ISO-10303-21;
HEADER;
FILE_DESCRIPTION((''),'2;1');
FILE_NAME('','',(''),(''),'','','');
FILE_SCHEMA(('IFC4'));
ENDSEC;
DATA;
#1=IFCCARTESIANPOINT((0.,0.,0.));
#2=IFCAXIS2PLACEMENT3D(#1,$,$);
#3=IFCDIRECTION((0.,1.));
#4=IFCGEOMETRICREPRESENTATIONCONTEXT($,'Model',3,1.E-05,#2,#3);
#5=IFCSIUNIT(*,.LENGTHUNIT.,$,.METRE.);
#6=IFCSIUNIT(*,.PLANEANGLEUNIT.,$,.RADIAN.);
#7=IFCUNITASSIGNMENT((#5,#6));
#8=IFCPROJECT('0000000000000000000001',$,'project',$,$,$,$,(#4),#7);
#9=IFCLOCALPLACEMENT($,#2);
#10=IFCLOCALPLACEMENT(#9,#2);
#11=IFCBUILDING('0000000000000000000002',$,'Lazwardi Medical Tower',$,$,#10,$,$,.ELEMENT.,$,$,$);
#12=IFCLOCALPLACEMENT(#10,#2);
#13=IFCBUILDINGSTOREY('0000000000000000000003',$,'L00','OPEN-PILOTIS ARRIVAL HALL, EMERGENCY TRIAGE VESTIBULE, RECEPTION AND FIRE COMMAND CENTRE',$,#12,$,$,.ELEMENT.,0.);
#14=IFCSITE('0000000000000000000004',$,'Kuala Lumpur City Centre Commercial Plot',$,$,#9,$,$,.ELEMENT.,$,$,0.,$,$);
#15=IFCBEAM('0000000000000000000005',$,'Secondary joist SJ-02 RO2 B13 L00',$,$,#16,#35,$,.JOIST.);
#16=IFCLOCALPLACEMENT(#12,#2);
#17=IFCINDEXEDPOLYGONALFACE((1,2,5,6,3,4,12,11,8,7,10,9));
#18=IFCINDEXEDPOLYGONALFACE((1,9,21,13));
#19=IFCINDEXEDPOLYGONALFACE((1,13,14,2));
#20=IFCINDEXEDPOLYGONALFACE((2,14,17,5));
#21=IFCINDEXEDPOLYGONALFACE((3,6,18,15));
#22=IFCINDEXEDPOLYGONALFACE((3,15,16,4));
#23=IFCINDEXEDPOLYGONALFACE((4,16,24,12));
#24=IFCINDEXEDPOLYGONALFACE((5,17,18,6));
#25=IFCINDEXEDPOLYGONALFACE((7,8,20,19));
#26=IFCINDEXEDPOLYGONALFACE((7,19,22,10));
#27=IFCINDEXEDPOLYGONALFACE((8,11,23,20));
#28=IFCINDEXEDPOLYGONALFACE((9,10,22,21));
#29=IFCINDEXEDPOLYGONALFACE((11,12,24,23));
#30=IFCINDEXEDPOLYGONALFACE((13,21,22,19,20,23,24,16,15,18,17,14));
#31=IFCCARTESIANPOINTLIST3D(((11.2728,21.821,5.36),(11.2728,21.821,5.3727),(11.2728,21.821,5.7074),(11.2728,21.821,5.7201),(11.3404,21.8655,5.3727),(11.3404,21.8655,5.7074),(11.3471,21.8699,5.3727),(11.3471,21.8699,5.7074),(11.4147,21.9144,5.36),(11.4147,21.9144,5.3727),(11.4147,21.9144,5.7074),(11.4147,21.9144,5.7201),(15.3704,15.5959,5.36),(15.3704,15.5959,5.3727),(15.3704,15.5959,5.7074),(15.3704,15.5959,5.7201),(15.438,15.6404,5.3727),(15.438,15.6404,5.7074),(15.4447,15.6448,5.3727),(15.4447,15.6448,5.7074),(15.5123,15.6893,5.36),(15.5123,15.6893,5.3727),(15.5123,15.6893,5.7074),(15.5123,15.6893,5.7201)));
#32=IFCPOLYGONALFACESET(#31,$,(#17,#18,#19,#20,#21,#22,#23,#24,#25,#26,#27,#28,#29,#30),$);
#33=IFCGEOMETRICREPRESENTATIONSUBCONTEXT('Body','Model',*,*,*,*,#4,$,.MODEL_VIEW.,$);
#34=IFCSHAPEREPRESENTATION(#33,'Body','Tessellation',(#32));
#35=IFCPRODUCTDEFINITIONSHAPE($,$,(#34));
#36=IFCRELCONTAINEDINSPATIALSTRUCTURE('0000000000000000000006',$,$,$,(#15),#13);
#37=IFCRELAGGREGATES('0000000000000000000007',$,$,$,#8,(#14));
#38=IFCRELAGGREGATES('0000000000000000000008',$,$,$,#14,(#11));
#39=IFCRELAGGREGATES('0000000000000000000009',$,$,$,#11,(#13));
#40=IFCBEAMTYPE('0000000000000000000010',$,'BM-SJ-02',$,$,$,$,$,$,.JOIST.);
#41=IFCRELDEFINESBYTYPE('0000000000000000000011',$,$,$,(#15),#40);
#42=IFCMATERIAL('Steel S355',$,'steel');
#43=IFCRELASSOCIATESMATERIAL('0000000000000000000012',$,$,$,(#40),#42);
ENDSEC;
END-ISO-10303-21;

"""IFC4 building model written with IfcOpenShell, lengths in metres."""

from ifc_helpers import new_model, si_unit, direction, frame, origin, origin_2d, place, context, subcontext, project, spatial, i_section, extrude, material, material_profile, profile_set, type_object, element, save


model = new_model("IFC4")

# Units and contexts
model_context = context("Model", 3, precision=1e-05, world=origin(), true_north=direction((0.0, 1.0)))
body_context = subcontext(model_context, "Body", "Model", "MODEL_VIEW")
ifc_project = project(units=[si_unit("LENGTHUNIT", "METRE"), si_unit("PLANEANGLEUNIT", "RADIAN")], contexts=[model_context])

# Site, building, storey
site_placement = place(None, origin())
site = spatial("IfcSite", under=ifc_project, at=site_placement, Name="Kuala Lumpur City Centre Commercial Plot", CompositionType="ELEMENT", RefElevation=0.0)
building_placement = place(site_placement, origin())
building = spatial("IfcBuilding", under=site, at=building_placement, Name="Lazwardi Medical Tower", CompositionType="ELEMENT")
storey_placement = place(building_placement, origin())
storey = spatial("IfcBuildingStorey", under=building, at=storey_placement, Name="L00", Description="OPEN-PILOTIS ARRIVAL HALL, EMERGENCY TRIAGE VESTIBULE, RECEPTION AND FIRE COMMAND CENTRE", CompositionType="ELEMENT", Elevation=0.0)

# Beam
ifc_material_1 = material(Name="Steel S355", Category="steel")
ifc_material_profile_1 = material_profile(ifc_material_1, i_section(OverallWidth=0.1699, OverallDepth=0.3601, WebThickness=0.0081, FlangeThickness=0.0127, at=origin_2d()), Name="IPE 360")
ifc_profile_set_1 = profile_set([ifc_material_profile_1], Name="Steel S355")
beam_type_1 = type_object("IfcBeamType", Name="BM-SJ-02", PredefinedType="JOIST", material=ifc_profile_set_1)
beam_1_placement = place(storey_placement, frame((11.3438, 21.8677, 5.54), z_axis=(0.549822, -0.835282, 0.0), x_axis=(0.835282, 0.549822, 0.0)))
element("IfcBeam", 1, at=beam_1_placement, inside=storey, type_object=beam_type_1, Name="Secondary joist SJ-02 RO2 B13 L00", PredefinedType="JOIST", context=body_context, shape_type="SweptSolid", body=[
    extrude(i_section(OverallWidth=0.1699, OverallDepth=0.3601, WebThickness=0.0081, FlangeThickness=0.0127, at=origin_2d()), origin(), (0.0, 0.0, 1.0), 7.4526),
])

save(model, "model.ifc")
